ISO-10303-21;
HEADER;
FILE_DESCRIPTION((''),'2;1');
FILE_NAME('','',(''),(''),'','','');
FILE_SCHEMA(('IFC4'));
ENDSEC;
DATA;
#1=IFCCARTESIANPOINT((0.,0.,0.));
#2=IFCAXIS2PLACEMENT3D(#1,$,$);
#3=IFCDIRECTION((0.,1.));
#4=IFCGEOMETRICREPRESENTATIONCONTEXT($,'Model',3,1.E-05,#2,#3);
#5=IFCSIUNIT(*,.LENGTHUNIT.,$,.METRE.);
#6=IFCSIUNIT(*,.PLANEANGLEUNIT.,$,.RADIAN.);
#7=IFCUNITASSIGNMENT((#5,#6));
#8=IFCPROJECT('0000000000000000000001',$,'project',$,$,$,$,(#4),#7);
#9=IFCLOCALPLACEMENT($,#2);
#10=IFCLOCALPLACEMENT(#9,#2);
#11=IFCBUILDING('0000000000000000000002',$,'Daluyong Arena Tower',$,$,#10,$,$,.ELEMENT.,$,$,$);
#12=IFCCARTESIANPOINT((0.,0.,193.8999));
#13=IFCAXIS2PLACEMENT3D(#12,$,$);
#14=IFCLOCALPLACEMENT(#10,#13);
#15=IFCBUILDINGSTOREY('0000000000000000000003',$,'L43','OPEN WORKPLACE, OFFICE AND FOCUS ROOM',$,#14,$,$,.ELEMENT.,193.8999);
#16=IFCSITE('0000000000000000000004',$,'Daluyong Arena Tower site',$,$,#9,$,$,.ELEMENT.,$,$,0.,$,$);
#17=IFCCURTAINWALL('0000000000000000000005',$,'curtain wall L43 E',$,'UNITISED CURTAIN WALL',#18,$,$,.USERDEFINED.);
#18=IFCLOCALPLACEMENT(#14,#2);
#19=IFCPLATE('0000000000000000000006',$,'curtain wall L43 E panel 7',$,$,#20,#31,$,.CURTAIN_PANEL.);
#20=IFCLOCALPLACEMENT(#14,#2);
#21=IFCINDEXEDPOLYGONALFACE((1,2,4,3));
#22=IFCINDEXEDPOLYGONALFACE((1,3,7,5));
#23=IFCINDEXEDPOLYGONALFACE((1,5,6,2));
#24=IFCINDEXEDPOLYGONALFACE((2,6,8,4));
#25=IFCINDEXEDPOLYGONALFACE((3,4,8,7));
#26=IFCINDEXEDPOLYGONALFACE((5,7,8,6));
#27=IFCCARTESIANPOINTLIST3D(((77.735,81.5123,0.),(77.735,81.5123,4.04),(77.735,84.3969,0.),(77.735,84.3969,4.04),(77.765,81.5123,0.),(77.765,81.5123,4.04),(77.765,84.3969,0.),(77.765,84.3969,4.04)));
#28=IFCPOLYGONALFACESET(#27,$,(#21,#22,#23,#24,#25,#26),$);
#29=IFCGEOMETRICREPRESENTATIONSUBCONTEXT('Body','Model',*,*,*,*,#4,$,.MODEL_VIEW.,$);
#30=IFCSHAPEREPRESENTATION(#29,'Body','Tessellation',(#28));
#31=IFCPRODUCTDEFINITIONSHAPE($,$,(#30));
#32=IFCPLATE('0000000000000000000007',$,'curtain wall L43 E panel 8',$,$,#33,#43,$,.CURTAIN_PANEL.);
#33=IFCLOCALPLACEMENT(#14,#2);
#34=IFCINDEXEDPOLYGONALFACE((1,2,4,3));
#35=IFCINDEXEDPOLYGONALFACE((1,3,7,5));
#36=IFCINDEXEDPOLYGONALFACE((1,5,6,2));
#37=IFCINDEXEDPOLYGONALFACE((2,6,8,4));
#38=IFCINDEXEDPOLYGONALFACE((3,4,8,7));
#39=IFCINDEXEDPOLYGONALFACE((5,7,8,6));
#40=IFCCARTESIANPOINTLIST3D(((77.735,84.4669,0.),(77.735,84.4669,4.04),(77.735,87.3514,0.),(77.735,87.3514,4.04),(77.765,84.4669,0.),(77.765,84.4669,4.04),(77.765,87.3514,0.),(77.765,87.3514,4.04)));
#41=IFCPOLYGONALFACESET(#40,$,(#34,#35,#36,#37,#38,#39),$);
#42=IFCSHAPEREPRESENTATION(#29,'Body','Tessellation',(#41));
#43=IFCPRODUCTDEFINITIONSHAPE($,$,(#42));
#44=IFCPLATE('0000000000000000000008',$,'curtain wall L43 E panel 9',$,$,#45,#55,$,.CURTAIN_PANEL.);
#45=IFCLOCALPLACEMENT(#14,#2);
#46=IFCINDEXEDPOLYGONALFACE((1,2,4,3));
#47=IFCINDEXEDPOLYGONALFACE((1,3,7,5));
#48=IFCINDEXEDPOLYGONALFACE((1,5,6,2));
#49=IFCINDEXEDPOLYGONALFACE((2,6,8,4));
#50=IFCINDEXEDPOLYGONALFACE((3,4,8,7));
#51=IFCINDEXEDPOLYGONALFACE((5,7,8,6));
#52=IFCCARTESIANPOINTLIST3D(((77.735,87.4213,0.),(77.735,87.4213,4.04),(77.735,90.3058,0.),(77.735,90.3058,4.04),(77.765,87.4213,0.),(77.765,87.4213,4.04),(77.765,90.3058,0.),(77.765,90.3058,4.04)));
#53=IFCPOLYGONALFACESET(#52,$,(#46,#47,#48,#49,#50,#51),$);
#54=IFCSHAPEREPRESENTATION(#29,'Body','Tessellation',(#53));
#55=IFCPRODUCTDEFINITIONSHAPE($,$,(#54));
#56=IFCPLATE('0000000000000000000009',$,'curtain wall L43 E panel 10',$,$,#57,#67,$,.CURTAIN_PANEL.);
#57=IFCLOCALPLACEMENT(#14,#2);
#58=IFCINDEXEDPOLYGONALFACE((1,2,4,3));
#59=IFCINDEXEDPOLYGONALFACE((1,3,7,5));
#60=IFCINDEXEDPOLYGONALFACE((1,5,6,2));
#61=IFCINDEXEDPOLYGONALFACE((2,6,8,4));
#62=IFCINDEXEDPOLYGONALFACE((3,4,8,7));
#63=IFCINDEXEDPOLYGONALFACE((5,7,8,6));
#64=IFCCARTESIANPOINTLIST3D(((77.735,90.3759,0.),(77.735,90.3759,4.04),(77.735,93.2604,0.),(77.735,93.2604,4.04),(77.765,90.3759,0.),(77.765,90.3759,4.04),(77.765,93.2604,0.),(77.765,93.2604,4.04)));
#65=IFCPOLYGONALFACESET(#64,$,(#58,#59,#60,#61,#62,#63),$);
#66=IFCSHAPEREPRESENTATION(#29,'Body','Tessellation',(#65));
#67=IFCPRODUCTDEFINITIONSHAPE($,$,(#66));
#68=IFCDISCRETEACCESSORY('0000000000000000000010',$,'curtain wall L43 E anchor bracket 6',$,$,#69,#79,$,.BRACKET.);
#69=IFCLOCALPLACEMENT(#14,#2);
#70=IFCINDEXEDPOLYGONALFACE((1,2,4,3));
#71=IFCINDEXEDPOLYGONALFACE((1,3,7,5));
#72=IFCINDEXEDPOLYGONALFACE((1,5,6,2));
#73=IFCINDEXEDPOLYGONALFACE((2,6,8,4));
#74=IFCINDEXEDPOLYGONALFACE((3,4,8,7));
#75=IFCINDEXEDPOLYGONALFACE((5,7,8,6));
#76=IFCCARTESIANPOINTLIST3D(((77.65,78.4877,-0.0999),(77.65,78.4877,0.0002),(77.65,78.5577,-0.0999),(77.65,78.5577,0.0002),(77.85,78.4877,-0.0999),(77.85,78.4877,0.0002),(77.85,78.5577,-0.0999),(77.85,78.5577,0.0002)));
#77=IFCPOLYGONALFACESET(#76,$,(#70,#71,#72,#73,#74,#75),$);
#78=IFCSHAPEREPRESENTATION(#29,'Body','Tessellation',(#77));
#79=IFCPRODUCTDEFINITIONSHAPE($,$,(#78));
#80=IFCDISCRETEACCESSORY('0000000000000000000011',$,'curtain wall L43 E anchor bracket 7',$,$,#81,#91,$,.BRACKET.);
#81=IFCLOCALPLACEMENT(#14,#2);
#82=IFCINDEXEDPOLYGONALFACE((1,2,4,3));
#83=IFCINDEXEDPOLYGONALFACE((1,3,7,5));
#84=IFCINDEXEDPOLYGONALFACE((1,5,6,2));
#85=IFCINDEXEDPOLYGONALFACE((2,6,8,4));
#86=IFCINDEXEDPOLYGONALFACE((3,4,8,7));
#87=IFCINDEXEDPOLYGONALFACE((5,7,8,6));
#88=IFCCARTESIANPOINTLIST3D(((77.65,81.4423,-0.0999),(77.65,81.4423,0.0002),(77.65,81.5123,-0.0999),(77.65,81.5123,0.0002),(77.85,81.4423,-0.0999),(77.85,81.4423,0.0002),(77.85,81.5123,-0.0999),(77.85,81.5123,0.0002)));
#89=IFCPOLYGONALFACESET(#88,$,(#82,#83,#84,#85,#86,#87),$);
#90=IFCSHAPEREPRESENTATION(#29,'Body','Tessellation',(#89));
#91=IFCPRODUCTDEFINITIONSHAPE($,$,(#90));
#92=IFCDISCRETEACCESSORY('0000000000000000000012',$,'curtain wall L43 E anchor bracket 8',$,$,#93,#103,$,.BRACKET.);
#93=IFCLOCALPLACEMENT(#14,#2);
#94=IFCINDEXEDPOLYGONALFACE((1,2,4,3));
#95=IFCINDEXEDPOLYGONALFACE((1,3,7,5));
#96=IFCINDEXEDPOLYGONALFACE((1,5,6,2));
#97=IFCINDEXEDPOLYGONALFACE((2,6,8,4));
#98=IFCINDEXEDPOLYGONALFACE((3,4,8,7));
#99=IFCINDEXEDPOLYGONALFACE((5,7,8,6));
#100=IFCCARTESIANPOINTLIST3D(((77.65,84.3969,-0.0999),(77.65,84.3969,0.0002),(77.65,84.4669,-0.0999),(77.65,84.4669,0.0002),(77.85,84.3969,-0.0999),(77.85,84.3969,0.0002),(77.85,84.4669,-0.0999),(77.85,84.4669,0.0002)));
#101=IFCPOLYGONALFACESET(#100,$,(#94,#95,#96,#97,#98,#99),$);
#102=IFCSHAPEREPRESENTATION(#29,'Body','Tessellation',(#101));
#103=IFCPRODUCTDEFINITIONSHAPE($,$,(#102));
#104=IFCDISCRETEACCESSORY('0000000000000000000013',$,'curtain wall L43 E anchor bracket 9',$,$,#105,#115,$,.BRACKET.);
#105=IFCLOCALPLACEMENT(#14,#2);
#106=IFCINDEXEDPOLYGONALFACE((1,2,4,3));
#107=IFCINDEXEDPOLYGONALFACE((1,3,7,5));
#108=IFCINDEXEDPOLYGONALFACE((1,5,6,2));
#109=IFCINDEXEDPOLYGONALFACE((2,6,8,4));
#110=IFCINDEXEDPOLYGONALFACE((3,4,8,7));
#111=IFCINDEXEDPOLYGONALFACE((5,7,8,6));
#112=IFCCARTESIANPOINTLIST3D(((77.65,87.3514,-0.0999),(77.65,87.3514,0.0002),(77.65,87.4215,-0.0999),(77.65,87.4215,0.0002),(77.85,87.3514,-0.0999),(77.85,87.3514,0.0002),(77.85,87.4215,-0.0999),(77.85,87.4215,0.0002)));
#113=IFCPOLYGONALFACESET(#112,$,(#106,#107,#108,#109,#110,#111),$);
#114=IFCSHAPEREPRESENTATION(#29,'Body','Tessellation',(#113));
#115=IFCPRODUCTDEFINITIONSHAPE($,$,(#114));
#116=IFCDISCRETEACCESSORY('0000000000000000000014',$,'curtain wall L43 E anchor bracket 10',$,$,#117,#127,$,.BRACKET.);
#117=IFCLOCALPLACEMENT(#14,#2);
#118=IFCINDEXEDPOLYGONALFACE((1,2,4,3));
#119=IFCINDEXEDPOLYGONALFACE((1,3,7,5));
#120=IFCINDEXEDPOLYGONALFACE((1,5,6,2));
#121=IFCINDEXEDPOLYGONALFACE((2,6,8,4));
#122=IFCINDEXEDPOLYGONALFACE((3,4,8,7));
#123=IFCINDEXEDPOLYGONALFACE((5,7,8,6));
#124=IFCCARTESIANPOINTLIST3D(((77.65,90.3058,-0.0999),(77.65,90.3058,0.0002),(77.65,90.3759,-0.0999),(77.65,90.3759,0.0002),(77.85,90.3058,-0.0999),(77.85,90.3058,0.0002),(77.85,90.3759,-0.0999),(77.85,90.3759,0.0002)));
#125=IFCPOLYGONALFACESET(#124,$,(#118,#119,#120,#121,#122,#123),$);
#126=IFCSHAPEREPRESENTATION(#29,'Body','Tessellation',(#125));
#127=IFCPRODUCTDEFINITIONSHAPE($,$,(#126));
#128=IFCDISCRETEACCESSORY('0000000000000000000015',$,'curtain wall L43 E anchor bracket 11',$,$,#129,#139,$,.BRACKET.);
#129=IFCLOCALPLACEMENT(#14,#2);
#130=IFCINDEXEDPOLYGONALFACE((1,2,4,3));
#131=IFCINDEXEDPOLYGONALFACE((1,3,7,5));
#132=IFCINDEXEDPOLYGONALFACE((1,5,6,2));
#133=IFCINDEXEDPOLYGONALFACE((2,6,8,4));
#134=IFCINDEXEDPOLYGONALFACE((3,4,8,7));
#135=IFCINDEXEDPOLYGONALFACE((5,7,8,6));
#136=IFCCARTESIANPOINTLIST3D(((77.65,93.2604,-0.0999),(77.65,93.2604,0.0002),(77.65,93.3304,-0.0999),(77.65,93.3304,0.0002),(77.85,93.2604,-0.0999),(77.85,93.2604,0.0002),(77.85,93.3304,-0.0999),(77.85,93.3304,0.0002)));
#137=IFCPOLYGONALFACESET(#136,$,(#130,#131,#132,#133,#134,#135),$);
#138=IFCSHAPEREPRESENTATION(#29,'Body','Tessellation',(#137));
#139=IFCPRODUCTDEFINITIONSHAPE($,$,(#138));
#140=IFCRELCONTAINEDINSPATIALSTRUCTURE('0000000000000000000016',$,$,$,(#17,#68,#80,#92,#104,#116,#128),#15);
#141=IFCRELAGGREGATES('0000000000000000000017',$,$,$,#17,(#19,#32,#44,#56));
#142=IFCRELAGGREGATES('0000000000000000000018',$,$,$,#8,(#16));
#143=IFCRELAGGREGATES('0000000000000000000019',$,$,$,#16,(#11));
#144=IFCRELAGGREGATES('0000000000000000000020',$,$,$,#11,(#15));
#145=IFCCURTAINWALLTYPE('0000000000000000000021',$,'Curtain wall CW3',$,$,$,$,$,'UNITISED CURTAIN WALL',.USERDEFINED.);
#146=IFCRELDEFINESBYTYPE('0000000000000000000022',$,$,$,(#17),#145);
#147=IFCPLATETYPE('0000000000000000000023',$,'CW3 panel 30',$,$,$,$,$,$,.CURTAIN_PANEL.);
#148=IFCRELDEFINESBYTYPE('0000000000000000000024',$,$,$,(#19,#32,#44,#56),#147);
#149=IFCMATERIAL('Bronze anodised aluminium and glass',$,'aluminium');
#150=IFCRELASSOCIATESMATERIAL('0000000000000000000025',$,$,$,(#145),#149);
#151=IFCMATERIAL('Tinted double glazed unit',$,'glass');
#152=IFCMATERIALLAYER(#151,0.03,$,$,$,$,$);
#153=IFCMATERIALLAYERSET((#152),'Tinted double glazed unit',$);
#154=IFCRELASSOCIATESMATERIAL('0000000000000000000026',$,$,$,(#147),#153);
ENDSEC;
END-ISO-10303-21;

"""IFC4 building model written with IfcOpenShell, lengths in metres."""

from ifc_helpers import new_model, si_unit, direction, frame, origin, origin_2d, place, context, subcontext, project, spatial, rectangle, extrude, material, layer, layer_set, type_object, element, aggregate, save


model = new_model("IFC4")

# Units and contexts
model_context = context("Model", 3, precision=1e-05, world=origin(), true_north=direction((0.0, 1.0)))
body_context = subcontext(model_context, "Body", "Model", "MODEL_VIEW")
ifc_project = project(units=[si_unit("LENGTHUNIT", "METRE"), si_unit("PLANEANGLEUNIT", "RADIAN")], contexts=[model_context])

# Site, building, storey
site_placement = place(None, origin())
site = spatial("IfcSite", under=ifc_project, at=site_placement, Name="Daluyong Arena Tower site", CompositionType="ELEMENT", RefElevation=0.0)
building_placement = place(site_placement, origin())
building = spatial("IfcBuilding", under=site, at=building_placement, Name="Daluyong Arena Tower", CompositionType="ELEMENT")
storey_placement = place(building_placement, frame((0.0, 0.0, 193.8999)))
storey = spatial("IfcBuildingStorey", under=building, at=storey_placement, Name="L43", Description="OPEN WORKPLACE, OFFICE AND FOCUS ROOM", CompositionType="ELEMENT", Elevation=193.8999)

# Curtain wall
ifc_material_1 = material(Name="Bronze anodised aluminium and glass", Category="aluminium")
curtain_wall_type = type_object("IfcCurtainWallType", Name="Curtain wall CW3", ElementType="UNITISED CURTAIN WALL", PredefinedType="USERDEFINED", material=ifc_material_1)
curtain_wall_placement = place(storey_placement, origin())
curtain_wall = element("IfcCurtainWall", 1, at=curtain_wall_placement, inside=storey, type_object=curtain_wall_type, Name="curtain wall L43 E", ObjectType="UNITISED CURTAIN WALL", PredefinedType="USERDEFINED")

# Plates
ifc_material_2 = material(Name="Tinted double glazed unit", Category="glass")
ifc_layer = layer(ifc_material_2, 0.03)
ifc_layer_set = layer_set([ifc_layer], Name="Tinted double glazed unit")
plate_type = type_object("IfcPlateType", Name="CW3 panel 30", PredefinedType="CURTAIN_PANEL", material=ifc_layer_set)
plate_1_placement = place(storey_placement, frame((77.75, 82.9546, 0.0), z_axis=(0.0, 0.0, 1.0), x_axis=(0.0, 1.0, 0.0)))
plate_1 = element("IfcPlate", 2, at=plate_1_placement, type_object=plate_type, Name="curtain wall L43 E panel 7", PredefinedType="CURTAIN_PANEL", context=body_context, shape_type="SweptSolid", body=[
    extrude(rectangle(XDim=2.8845, YDim=0.03, at=origin_2d()), origin(), (0.0, 0.0, 1.0), 4.04),
])
plate_2_placement = place(storey_placement, frame((77.75, 85.9092, 0.0), z_axis=(0.0, 0.0, 1.0), x_axis=(0.0, 1.0, 0.0)))
plate_2 = element("IfcPlate", 3, at=plate_2_placement, type_object=plate_type, Name="curtain wall L43 E panel 8", PredefinedType="CURTAIN_PANEL", context=body_context, shape_type="SweptSolid", body=[
    extrude(rectangle(XDim=2.8845, YDim=0.03, at=origin_2d()), origin(), (0.0, 0.0, 1.0), 4.04),
])
plate_3_placement = place(storey_placement, frame((77.75, 88.8635, 0.0), z_axis=(0.0, 0.0, 1.0), x_axis=(0.0, 1.0, 0.0)))
plate_3 = element("IfcPlate", 4, at=plate_3_placement, type_object=plate_type, Name="curtain wall L43 E panel 9", PredefinedType="CURTAIN_PANEL", context=body_context, shape_type="SweptSolid", body=[
    extrude(rectangle(XDim=2.8845, YDim=0.03, at=origin_2d()), origin(), (0.0, 0.0, 1.0), 4.04),
])
plate_4_placement = place(storey_placement, frame((77.75, 91.8181, 0.0), z_axis=(0.0, 0.0, 1.0), x_axis=(0.0, 1.0, 0.0)))
plate_4 = element("IfcPlate", 5, at=plate_4_placement, type_object=plate_type, Name="curtain wall L43 E panel 10", PredefinedType="CURTAIN_PANEL", context=body_context, shape_type="SweptSolid", body=[
    extrude(rectangle(XDim=2.8845, YDim=0.03, at=origin_2d()), origin(), (0.0, 0.0, 1.0), 4.04),
])
aggregate(curtain_wall, [plate_1, plate_2, plate_3, plate_4])

# Discrete accessories
for number, where, z_axis, x_axis, name in (
    (6, (77.75, 78.5227, -0.0999), (0.0, 0.0, 1.0), (0.0, 1.0, 0.0), "curtain wall L43 E anchor bracket 6"),
    (7, (77.75, 81.4773, -0.0999), (0.0, 0.0, 1.0), (0.0, 1.0, 0.0), "curtain wall L43 E anchor bracket 7"),
    (8, (77.75, 84.4319, -0.0999), (0.0, 0.0, 1.0), (0.0, 1.0, 0.0), "curtain wall L43 E anchor bracket 8"),
    (9, (77.75, 87.3865, -0.0999), (0.0, 0.0, 1.0), (0.0, 1.0, 0.0), "curtain wall L43 E anchor bracket 9"),
    (10, (77.75, 90.3408, -0.0999), (0.0, 0.0, 1.0), (0.0, 1.0, 0.0), "curtain wall L43 E anchor bracket 10"),
    (11, (77.75, 93.2954, -0.0999), (0.0, 0.0, 1.0), (0.0, 1.0, 0.0), "curtain wall L43 E anchor bracket 11"),
):
    element("IfcDiscreteAccessory", number, at=place(storey_placement, frame(where, z_axis=z_axis, x_axis=x_axis)), inside=storey, Name=name, PredefinedType="BRACKET", context=body_context, shape_type="SweptSolid", body=[
        extrude(rectangle(XDim=0.0701, YDim=0.2, at=origin_2d()), origin(), (0.0, 0.0, 1.0), 0.1001),
    ])

save(model, "model.ifc")
